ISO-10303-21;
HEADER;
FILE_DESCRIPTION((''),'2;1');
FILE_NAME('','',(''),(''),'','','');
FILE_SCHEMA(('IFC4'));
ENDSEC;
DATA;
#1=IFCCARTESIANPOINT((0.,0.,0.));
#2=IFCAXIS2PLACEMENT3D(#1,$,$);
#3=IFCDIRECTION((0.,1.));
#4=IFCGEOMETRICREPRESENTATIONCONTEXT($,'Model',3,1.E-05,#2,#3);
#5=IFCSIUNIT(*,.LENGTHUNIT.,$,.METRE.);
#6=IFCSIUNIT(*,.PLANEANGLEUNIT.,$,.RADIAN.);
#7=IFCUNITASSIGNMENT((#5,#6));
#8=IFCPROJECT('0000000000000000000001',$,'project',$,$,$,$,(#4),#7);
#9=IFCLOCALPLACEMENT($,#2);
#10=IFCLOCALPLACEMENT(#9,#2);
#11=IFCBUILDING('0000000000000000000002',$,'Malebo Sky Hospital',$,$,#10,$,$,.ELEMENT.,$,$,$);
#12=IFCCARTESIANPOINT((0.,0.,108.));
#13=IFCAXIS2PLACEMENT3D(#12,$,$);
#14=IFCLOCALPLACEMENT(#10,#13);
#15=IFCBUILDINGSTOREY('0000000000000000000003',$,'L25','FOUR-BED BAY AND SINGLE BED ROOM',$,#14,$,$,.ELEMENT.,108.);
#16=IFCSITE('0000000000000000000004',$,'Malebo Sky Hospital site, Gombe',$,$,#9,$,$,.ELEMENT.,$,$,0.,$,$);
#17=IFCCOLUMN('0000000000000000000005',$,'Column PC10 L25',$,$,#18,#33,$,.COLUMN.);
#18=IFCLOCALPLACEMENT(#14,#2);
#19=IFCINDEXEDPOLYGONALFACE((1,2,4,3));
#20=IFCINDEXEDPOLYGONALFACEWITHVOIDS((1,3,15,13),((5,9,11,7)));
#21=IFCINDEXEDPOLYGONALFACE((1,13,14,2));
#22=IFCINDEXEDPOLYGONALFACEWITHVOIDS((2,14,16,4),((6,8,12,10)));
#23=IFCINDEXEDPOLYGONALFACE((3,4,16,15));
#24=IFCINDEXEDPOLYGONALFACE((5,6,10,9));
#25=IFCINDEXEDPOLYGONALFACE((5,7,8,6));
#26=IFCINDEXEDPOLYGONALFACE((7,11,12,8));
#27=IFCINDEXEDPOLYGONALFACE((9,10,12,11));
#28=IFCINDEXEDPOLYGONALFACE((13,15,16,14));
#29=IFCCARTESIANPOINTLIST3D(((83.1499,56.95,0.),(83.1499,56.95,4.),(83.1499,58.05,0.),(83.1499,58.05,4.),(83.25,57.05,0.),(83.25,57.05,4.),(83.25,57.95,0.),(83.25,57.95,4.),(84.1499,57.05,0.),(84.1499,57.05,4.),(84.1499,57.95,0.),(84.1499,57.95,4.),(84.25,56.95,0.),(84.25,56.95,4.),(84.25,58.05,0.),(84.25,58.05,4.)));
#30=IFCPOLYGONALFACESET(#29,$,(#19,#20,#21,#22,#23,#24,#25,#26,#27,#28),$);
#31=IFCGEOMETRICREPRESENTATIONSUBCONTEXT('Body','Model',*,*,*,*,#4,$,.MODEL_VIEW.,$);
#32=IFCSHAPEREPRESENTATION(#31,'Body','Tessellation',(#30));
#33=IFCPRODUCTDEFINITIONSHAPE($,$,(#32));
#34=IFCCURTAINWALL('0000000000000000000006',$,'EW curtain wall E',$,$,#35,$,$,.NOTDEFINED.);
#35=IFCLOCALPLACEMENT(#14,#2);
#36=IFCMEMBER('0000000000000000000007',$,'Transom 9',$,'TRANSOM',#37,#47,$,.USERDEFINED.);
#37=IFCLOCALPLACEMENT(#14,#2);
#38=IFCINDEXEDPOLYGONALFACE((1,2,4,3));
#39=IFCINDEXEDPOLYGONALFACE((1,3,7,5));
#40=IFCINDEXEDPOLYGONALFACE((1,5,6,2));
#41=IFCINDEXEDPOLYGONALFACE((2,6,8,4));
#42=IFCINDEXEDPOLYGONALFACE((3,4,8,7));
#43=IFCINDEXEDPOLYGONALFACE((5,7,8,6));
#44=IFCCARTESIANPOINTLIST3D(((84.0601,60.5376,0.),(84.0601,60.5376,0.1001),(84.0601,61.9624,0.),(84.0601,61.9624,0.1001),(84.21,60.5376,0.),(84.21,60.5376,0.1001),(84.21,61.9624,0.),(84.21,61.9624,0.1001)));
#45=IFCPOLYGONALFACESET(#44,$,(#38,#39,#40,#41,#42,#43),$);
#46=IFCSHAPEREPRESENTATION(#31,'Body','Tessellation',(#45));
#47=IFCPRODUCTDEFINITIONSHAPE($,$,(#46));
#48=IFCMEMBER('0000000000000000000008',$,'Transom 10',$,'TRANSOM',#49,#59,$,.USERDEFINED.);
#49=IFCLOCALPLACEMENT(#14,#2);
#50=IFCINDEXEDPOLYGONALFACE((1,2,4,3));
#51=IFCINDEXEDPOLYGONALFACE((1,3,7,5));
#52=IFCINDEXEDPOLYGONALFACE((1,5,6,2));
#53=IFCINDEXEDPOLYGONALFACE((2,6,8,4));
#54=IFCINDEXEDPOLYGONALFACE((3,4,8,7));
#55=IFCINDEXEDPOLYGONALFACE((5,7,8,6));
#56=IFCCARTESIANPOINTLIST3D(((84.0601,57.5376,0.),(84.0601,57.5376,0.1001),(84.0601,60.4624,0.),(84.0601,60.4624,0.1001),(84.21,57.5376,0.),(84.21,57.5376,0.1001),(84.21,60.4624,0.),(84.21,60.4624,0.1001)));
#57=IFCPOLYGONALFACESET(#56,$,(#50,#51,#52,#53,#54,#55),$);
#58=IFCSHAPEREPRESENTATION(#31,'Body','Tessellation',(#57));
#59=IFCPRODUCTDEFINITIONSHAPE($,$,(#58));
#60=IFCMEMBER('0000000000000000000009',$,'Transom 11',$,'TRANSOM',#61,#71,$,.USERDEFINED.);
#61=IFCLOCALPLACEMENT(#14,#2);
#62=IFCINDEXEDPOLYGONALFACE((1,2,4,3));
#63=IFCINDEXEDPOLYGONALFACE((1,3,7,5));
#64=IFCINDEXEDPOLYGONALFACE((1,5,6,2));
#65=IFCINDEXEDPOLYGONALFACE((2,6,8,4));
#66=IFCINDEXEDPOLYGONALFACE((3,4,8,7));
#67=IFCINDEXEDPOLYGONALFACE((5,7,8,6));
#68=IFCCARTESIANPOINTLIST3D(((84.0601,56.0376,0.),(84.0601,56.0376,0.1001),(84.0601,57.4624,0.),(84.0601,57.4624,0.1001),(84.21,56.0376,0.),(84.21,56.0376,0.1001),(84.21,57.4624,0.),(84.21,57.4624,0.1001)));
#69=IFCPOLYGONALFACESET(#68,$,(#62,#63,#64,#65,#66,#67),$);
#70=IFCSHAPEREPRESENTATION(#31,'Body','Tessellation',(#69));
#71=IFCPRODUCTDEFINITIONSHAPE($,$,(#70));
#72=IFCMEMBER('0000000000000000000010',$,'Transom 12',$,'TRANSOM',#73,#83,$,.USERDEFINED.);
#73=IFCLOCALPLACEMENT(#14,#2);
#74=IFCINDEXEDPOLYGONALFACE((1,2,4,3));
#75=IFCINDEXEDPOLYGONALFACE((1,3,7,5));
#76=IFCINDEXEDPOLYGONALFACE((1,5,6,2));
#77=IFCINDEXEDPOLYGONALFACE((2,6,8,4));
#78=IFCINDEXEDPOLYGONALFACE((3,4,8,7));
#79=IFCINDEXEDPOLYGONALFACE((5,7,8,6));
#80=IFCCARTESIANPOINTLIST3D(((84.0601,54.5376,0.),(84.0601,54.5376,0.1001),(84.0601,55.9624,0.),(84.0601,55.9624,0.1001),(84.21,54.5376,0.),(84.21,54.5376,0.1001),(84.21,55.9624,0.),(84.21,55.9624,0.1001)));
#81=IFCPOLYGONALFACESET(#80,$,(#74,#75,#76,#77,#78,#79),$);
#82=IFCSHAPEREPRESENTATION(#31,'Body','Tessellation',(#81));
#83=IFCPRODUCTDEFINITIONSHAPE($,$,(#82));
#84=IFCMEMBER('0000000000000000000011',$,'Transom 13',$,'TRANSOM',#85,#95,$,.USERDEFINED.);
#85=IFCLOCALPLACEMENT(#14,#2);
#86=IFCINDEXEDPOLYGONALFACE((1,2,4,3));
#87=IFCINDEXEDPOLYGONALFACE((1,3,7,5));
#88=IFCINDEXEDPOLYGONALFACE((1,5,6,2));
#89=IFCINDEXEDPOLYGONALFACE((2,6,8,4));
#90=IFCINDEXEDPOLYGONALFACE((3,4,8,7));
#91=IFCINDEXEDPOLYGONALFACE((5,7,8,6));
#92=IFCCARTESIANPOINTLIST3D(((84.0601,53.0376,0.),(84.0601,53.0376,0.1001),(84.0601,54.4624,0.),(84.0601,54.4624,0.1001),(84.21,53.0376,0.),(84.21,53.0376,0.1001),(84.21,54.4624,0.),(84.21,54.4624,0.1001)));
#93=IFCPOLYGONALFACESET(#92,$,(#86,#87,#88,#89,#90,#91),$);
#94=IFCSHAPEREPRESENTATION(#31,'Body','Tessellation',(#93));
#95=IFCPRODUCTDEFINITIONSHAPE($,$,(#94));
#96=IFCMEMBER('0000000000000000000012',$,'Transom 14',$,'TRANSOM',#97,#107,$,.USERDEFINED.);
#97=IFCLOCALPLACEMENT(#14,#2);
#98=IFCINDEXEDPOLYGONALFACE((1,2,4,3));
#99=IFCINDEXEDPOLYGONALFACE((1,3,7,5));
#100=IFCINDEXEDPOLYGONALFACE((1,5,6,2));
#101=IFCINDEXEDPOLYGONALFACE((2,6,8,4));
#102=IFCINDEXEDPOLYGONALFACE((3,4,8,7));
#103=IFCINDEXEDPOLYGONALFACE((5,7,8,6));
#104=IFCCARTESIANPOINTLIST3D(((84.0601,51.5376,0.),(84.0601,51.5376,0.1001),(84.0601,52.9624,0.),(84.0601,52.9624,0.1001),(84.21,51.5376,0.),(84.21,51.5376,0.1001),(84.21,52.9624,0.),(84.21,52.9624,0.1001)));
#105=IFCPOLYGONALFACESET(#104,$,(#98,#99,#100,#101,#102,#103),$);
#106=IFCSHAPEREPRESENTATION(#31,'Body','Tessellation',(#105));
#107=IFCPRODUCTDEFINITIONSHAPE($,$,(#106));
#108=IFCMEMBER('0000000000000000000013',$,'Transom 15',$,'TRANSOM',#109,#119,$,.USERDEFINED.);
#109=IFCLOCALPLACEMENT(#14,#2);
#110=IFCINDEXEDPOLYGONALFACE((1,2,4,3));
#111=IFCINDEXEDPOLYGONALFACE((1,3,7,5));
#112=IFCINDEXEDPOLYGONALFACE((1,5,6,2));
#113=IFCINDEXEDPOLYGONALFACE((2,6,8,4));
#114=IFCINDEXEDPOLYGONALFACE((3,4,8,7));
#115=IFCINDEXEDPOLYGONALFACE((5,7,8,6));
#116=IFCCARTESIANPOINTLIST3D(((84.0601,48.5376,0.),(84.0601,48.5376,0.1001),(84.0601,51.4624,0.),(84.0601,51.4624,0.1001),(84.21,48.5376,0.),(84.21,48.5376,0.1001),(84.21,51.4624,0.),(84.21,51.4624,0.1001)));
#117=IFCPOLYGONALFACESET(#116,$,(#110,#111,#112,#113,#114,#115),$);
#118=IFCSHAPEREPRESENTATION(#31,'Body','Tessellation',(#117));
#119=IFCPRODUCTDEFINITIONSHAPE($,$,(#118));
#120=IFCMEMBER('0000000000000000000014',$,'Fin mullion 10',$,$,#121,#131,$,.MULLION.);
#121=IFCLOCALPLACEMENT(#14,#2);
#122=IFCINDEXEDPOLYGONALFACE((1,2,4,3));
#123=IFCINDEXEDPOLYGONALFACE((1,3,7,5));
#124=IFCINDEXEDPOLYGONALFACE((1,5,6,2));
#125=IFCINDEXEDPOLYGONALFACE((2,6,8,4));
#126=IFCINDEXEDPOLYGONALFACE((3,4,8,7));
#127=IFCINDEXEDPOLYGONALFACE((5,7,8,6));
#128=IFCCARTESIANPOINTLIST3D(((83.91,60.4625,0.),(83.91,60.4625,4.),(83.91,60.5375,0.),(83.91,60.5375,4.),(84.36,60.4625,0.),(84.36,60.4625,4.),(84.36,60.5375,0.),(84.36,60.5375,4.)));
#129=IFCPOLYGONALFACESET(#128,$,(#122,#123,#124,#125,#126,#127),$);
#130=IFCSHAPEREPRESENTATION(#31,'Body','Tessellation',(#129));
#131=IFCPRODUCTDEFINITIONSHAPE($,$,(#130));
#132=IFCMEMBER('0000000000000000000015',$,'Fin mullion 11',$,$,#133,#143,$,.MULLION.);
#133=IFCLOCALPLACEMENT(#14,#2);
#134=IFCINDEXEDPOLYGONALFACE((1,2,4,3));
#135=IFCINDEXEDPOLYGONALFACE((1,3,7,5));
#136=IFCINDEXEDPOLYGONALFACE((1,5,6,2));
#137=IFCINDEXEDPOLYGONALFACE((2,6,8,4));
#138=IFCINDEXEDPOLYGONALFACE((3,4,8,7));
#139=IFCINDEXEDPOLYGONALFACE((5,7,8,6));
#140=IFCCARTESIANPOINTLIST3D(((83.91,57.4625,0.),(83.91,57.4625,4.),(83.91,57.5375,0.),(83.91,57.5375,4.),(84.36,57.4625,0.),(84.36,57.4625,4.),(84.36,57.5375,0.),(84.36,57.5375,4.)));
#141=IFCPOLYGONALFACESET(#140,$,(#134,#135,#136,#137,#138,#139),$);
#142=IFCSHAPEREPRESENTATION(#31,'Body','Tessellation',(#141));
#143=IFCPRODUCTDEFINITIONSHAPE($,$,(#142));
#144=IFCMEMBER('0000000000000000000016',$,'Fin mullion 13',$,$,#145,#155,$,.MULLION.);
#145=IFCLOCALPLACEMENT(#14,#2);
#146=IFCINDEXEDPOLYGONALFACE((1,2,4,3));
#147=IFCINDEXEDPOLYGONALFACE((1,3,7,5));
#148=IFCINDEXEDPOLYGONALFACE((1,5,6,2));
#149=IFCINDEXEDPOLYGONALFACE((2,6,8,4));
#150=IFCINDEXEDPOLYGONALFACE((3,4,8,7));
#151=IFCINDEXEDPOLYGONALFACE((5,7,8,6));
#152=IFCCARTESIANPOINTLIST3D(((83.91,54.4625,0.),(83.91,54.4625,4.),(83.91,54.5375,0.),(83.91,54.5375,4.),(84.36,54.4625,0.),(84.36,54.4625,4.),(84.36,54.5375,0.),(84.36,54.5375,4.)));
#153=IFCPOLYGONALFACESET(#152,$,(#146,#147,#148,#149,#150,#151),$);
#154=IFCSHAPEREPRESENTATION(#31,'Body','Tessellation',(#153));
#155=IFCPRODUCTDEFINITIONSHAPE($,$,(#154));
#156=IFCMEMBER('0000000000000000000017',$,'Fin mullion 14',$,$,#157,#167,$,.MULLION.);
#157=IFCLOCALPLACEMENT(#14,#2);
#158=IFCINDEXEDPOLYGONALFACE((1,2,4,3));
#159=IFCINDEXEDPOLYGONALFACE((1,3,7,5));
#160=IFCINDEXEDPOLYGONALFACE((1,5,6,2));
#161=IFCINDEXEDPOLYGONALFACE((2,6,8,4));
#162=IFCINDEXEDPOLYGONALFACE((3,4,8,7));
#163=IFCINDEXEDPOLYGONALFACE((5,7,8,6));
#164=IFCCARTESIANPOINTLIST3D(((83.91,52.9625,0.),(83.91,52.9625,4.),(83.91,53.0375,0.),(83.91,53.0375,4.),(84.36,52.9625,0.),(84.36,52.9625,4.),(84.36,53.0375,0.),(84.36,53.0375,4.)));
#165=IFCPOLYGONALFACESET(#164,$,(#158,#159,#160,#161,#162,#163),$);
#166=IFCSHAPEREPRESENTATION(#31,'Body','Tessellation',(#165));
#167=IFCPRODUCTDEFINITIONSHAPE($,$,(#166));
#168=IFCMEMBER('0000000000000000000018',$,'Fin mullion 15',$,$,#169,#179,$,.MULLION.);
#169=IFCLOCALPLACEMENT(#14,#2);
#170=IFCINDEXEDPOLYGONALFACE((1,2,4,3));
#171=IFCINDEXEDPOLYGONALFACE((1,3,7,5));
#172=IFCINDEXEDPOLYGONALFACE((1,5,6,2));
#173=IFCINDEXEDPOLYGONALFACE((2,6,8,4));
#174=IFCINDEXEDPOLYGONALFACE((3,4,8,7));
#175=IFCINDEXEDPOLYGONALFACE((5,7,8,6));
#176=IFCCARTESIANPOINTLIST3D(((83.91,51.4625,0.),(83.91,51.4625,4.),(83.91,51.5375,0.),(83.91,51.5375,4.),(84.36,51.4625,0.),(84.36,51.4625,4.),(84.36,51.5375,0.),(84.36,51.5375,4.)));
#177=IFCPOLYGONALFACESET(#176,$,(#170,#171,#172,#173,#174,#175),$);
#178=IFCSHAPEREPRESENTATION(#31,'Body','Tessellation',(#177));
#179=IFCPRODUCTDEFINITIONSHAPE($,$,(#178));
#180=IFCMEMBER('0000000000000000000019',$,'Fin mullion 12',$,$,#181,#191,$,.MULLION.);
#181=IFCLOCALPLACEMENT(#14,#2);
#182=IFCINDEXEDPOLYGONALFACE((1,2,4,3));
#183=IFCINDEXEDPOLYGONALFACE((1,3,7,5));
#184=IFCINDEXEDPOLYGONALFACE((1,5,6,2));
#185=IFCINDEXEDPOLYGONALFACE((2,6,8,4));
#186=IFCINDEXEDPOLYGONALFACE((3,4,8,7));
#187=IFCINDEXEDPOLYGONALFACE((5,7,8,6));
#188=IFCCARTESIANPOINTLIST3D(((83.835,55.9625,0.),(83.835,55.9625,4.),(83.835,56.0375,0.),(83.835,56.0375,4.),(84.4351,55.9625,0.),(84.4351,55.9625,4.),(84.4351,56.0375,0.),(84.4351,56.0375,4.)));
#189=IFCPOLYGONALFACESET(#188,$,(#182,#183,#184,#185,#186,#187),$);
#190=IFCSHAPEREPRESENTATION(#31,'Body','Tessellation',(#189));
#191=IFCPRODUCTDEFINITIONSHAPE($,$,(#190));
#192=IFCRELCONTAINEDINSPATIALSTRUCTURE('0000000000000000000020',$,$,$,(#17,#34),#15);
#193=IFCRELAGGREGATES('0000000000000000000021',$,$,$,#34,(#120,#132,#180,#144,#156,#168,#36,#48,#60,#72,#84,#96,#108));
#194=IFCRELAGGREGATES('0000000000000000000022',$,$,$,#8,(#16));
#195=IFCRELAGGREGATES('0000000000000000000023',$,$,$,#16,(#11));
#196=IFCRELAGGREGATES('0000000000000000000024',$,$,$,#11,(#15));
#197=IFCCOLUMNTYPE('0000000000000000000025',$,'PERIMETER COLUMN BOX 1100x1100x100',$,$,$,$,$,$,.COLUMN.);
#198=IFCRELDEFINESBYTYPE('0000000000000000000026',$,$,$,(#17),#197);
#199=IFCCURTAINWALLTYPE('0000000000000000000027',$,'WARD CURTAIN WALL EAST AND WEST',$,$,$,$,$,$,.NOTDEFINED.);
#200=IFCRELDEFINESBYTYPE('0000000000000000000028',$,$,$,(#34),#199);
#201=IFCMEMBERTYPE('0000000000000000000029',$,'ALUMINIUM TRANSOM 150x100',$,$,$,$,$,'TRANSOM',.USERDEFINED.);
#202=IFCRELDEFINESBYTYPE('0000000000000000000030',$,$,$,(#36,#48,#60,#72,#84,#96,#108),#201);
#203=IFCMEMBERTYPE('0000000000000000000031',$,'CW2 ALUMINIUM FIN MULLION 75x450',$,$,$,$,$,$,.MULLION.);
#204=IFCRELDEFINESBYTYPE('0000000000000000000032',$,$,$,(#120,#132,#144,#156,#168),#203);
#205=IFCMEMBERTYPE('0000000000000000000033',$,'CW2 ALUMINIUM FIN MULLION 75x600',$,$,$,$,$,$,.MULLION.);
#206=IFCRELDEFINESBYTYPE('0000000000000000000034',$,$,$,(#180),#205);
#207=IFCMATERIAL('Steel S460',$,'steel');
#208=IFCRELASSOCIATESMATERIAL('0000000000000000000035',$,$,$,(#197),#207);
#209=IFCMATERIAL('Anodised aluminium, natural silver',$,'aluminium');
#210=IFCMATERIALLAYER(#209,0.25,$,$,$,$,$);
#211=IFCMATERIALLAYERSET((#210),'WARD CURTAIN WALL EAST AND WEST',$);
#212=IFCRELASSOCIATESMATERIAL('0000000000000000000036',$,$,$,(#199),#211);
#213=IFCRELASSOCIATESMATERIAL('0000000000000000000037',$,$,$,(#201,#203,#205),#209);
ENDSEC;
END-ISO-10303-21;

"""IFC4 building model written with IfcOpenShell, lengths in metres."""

from ifc_helpers import new_model, si_unit, direction, frame, origin, origin_2d, place, context, subcontext, project, spatial, rectangle, hollow_rectangle, extrude, material, layer, layer_set, material_profile, profile_set, type_object, element, aggregate, save


model = new_model("IFC4")

# Units and contexts
model_context = context("Model", 3, precision=1e-05, world=origin(), true_north=direction((0.0, 1.0)))
body_context = subcontext(model_context, "Body", "Model", "MODEL_VIEW")
ifc_project = project(units=[si_unit("LENGTHUNIT", "METRE"), si_unit("PLANEANGLEUNIT", "RADIAN")], contexts=[model_context])

# Site, building, storey
site_placement = place(None, origin())
site = spatial("IfcSite", under=ifc_project, at=site_placement, Name="Malebo Sky Hospital site, Gombe", CompositionType="ELEMENT", RefElevation=0.0)
building_placement = place(site_placement, origin())
building = spatial("IfcBuilding", under=site, at=building_placement, Name="Malebo Sky Hospital", CompositionType="ELEMENT")
storey_placement = place(building_placement, frame((0.0, 0.0, 108.0)))
storey = spatial("IfcBuildingStorey", under=building, at=storey_placement, Name="L25", Description="FOUR-BED BAY AND SINGLE BED ROOM", CompositionType="ELEMENT", Elevation=108.0)

# Column
ifc_material_1 = material(Name="Steel S460", Category="steel")
ifc_material_profile_1 = material_profile(ifc_material_1, hollow_rectangle(XDim=1.1001, YDim=1.1001, WallThickness=0.1001, at=origin_2d()), Name="BOX 1100x1100x100")
ifc_profile_set_1 = profile_set([ifc_material_profile_1], Name="Steel S460")
column_type = type_object("IfcColumnType", Name="PERIMETER COLUMN BOX 1100x1100x100", PredefinedType="COLUMN", material=ifc_profile_set_1)
column_placement = place(storey_placement, frame((83.7, 57.5, 0.0), z_axis=(0.0, 0.0, 1.0), x_axis=(1.0, 0.0, 0.0)))
element("IfcColumn", 1, at=column_placement, inside=storey, type_object=column_type, Name="Column PC10 L25", PredefinedType="COLUMN", context=body_context, shape_type="SweptSolid", body=[
    extrude(hollow_rectangle(XDim=1.1001, YDim=1.1001, WallThickness=0.1001, at=origin_2d()), origin(), (0.0, 0.0, 1.0), 4.0),
])

# Curtain wall, members
ifc_material_2 = material(Name="Anodised aluminium, natural silver", Category="aluminium")
ifc_layer_1 = layer(ifc_material_2, 0.25)
ifc_layer_set_1 = layer_set([ifc_layer_1], Name="WARD CURTAIN WALL EAST AND WEST")
curtain_wall_type = type_object("IfcCurtainWallType", Name="WARD CURTAIN WALL EAST AND WEST", PredefinedType="NOTDEFINED", material=ifc_layer_set_1)
curtain_wall_placement = place(storey_placement, origin())
curtain_wall = element("IfcCurtainWall", 2, at=curtain_wall_placement, inside=storey, type_object=curtain_wall_type, Name="EW curtain wall E", PredefinedType="NOTDEFINED")
ifc_material_profile_2 = material_profile(ifc_material_2, rectangle(XDim=0.1499, YDim=0.1001, at=origin_2d()), Name="ALUMINIUM TRANSOM 150x100")
ifc_profile_set_2 = profile_set([ifc_material_profile_2], Name="Anodised aluminium, natural silver")
member_type_1 = type_object("IfcMemberType", Name="ALUMINIUM TRANSOM 150x100", ElementType="TRANSOM", PredefinedType="USERDEFINED", material=ifc_profile_set_2)
member_1_placement = place(storey_placement, frame((84.135, 61.9624, 0.05), z_axis=(0.0, -1.0, 0.0), x_axis=(1.0, 0.0, 0.0)))
member_1 = element("IfcMember", 3, at=member_1_placement, type_object=member_type_1, Name="Transom 9", ObjectType="TRANSOM", PredefinedType="USERDEFINED", context=body_context, shape_type="SweptSolid", body=[
    extrude(rectangle(XDim=0.1499, YDim=0.1001, at=origin_2d()), origin(), (0.0, 0.0, 1.0), 1.4248),
])
member_2_placement = place(storey_placement, frame((84.135, 60.4624, 0.05), z_axis=(0.0, -1.0, 0.0), x_axis=(1.0, 0.0, 0.0)))
member_2 = element("IfcMember", 4, at=member_2_placement, type_object=member_type_1, Name="Transom 10", ObjectType="TRANSOM", PredefinedType="USERDEFINED", context=body_context, shape_type="SweptSolid", body=[
    extrude(rectangle(XDim=0.1499, YDim=0.1001, at=origin_2d()), origin(), (0.0, 0.0, 1.0), 2.9248),
])
member_3_placement = place(storey_placement, frame((84.135, 57.4624, 0.05), z_axis=(0.0, -1.0, 0.0), x_axis=(1.0, 0.0, 0.0)))
member_3 = element("IfcMember", 5, at=member_3_placement, type_object=member_type_1, Name="Transom 11", ObjectType="TRANSOM", PredefinedType="USERDEFINED", context=body_context, shape_type="SweptSolid", body=[
    extrude(rectangle(XDim=0.1499, YDim=0.1001, at=origin_2d()), origin(), (0.0, 0.0, 1.0), 1.4248),
])
member_4_placement = place(storey_placement, frame((84.135, 55.9624, 0.05), z_axis=(0.0, -1.0, 0.0), x_axis=(1.0, 0.0, 0.0)))
member_4 = element("IfcMember", 6, at=member_4_placement, type_object=member_type_1, Name="Transom 12", ObjectType="TRANSOM", PredefinedType="USERDEFINED", context=body_context, shape_type="SweptSolid", body=[
    extrude(rectangle(XDim=0.1499, YDim=0.1001, at=origin_2d()), origin(), (0.0, 0.0, 1.0), 1.4248),
])
member_5_placement = place(storey_placement, frame((84.135, 54.4624, 0.05), z_axis=(0.0, -1.0, 0.0), x_axis=(1.0, 0.0, 0.0)))
member_5 = element("IfcMember", 7, at=member_5_placement, type_object=member_type_1, Name="Transom 13", ObjectType="TRANSOM", PredefinedType="USERDEFINED", context=body_context, shape_type="SweptSolid", body=[
    extrude(rectangle(XDim=0.1499, YDim=0.1001, at=origin_2d()), origin(), (0.0, 0.0, 1.0), 1.4248),
])
member_6_placement = place(storey_placement, frame((84.135, 52.9624, 0.05), z_axis=(0.0, -1.0, 0.0), x_axis=(1.0, 0.0, 0.0)))
member_6 = element("IfcMember", 8, at=member_6_placement, type_object=member_type_1, Name="Transom 14", ObjectType="TRANSOM", PredefinedType="USERDEFINED", context=body_context, shape_type="SweptSolid", body=[
    extrude(rectangle(XDim=0.1499, YDim=0.1001, at=origin_2d()), origin(), (0.0, 0.0, 1.0), 1.4248),
])
member_7_placement = place(storey_placement, frame((84.135, 51.4624, 0.05), z_axis=(0.0, -1.0, 0.0), x_axis=(1.0, 0.0, 0.0)))
member_7 = element("IfcMember", 9, at=member_7_placement, type_object=member_type_1, Name="Transom 15", ObjectType="TRANSOM", PredefinedType="USERDEFINED", context=body_context, shape_type="SweptSolid", body=[
    extrude(rectangle(XDim=0.1499, YDim=0.1001, at=origin_2d()), origin(), (0.0, 0.0, 1.0), 2.9248),
])
ifc_material_profile_3 = material_profile(ifc_material_2, rectangle(XDim=0.075, YDim=0.45, at=origin_2d()), Name="CW2 ALUMINIUM FIN MULLION 75x450")
ifc_profile_set_3 = profile_set([ifc_material_profile_3], Name="Anodised aluminium, natural silver")
member_type_2 = type_object("IfcMemberType", Name="CW2 ALUMINIUM FIN MULLION 75x450", PredefinedType="MULLION", material=ifc_profile_set_3)
member_8_placement = place(storey_placement, frame((84.135, 60.5, 0.0), z_axis=(0.0, 0.0, 1.0), x_axis=(0.0, -1.0, 0.0)))
member_8 = element("IfcMember", 10, at=member_8_placement, type_object=member_type_2, Name="Fin mullion 10", PredefinedType="MULLION", context=body_context, shape_type="SweptSolid", body=[
    extrude(rectangle(XDim=0.075, YDim=0.45, at=origin_2d()), origin(), (0.0, 0.0, 1.0), 4.0),
])
member_9_placement = place(storey_placement, frame((84.135, 57.5, 0.0), z_axis=(0.0, 0.0, 1.0), x_axis=(0.0, -1.0, 0.0)))
member_9 = element("IfcMember", 11, at=member_9_placement, type_object=member_type_2, Name="Fin mullion 11", PredefinedType="MULLION", context=body_context, shape_type="SweptSolid", body=[
    extrude(rectangle(XDim=0.075, YDim=0.45, at=origin_2d()), origin(), (0.0, 0.0, 1.0), 4.0),
])
member_10_placement = place(storey_placement, frame((84.135, 54.5, 0.0), z_axis=(0.0, 0.0, 1.0), x_axis=(0.0, -1.0, 0.0)))
member_10 = element("IfcMember", 12, at=member_10_placement, type_object=member_type_2, Name="Fin mullion 13", PredefinedType="MULLION", context=body_context, shape_type="SweptSolid", body=[
    extrude(rectangle(XDim=0.075, YDim=0.45, at=origin_2d()), origin(), (0.0, 0.0, 1.0), 4.0),
])
member_11_placement = place(storey_placement, frame((84.135, 53.0, 0.0), z_axis=(0.0, 0.0, 1.0), x_axis=(0.0, -1.0, 0.0)))
member_11 = element("IfcMember", 13, at=member_11_placement, type_object=member_type_2, Name="Fin mullion 14", PredefinedType="MULLION", context=body_context, shape_type="SweptSolid", body=[
    extrude(rectangle(XDim=0.075, YDim=0.45, at=origin_2d()), origin(), (0.0, 0.0, 1.0), 4.0),
])
member_12_placement = place(storey_placement, frame((84.135, 51.5, 0.0), z_axis=(0.0, 0.0, 1.0), x_axis=(0.0, -1.0, 0.0)))
member_12 = element("IfcMember", 14, at=member_12_placement, type_object=member_type_2, Name="Fin mullion 15", PredefinedType="MULLION", context=body_context, shape_type="SweptSolid", body=[
    extrude(rectangle(XDim=0.075, YDim=0.45, at=origin_2d()), origin(), (0.0, 0.0, 1.0), 4.0),
])
ifc_material_profile_4 = material_profile(ifc_material_2, rectangle(XDim=0.075, YDim=0.6001, at=origin_2d()), Name="CW2 ALUMINIUM FIN MULLION 75x600")
ifc_profile_set_4 = profile_set([ifc_material_profile_4], Name="Anodised aluminium, natural silver")
member_type_3 = type_object("IfcMemberType", Name="CW2 ALUMINIUM FIN MULLION 75x600", PredefinedType="MULLION", material=ifc_profile_set_4)
member_13_placement = place(storey_placement, frame((84.135, 56.0, 0.0), z_axis=(0.0, 0.0, 1.0), x_axis=(0.0, -1.0, 0.0)))
member_13 = element("IfcMember", 15, at=member_13_placement, type_object=member_type_3, Name="Fin mullion 12", PredefinedType="MULLION", context=body_context, shape_type="SweptSolid", body=[
    extrude(rectangle(XDim=0.075, YDim=0.6001, at=origin_2d()), origin(), (0.0, 0.0, 1.0), 4.0),
])

aggregate(curtain_wall, [member_8, member_9, member_13, member_10, member_11, member_12, member_1, member_2, member_3, member_4, member_5, member_6, member_7])

save(model, "model.ifc")
